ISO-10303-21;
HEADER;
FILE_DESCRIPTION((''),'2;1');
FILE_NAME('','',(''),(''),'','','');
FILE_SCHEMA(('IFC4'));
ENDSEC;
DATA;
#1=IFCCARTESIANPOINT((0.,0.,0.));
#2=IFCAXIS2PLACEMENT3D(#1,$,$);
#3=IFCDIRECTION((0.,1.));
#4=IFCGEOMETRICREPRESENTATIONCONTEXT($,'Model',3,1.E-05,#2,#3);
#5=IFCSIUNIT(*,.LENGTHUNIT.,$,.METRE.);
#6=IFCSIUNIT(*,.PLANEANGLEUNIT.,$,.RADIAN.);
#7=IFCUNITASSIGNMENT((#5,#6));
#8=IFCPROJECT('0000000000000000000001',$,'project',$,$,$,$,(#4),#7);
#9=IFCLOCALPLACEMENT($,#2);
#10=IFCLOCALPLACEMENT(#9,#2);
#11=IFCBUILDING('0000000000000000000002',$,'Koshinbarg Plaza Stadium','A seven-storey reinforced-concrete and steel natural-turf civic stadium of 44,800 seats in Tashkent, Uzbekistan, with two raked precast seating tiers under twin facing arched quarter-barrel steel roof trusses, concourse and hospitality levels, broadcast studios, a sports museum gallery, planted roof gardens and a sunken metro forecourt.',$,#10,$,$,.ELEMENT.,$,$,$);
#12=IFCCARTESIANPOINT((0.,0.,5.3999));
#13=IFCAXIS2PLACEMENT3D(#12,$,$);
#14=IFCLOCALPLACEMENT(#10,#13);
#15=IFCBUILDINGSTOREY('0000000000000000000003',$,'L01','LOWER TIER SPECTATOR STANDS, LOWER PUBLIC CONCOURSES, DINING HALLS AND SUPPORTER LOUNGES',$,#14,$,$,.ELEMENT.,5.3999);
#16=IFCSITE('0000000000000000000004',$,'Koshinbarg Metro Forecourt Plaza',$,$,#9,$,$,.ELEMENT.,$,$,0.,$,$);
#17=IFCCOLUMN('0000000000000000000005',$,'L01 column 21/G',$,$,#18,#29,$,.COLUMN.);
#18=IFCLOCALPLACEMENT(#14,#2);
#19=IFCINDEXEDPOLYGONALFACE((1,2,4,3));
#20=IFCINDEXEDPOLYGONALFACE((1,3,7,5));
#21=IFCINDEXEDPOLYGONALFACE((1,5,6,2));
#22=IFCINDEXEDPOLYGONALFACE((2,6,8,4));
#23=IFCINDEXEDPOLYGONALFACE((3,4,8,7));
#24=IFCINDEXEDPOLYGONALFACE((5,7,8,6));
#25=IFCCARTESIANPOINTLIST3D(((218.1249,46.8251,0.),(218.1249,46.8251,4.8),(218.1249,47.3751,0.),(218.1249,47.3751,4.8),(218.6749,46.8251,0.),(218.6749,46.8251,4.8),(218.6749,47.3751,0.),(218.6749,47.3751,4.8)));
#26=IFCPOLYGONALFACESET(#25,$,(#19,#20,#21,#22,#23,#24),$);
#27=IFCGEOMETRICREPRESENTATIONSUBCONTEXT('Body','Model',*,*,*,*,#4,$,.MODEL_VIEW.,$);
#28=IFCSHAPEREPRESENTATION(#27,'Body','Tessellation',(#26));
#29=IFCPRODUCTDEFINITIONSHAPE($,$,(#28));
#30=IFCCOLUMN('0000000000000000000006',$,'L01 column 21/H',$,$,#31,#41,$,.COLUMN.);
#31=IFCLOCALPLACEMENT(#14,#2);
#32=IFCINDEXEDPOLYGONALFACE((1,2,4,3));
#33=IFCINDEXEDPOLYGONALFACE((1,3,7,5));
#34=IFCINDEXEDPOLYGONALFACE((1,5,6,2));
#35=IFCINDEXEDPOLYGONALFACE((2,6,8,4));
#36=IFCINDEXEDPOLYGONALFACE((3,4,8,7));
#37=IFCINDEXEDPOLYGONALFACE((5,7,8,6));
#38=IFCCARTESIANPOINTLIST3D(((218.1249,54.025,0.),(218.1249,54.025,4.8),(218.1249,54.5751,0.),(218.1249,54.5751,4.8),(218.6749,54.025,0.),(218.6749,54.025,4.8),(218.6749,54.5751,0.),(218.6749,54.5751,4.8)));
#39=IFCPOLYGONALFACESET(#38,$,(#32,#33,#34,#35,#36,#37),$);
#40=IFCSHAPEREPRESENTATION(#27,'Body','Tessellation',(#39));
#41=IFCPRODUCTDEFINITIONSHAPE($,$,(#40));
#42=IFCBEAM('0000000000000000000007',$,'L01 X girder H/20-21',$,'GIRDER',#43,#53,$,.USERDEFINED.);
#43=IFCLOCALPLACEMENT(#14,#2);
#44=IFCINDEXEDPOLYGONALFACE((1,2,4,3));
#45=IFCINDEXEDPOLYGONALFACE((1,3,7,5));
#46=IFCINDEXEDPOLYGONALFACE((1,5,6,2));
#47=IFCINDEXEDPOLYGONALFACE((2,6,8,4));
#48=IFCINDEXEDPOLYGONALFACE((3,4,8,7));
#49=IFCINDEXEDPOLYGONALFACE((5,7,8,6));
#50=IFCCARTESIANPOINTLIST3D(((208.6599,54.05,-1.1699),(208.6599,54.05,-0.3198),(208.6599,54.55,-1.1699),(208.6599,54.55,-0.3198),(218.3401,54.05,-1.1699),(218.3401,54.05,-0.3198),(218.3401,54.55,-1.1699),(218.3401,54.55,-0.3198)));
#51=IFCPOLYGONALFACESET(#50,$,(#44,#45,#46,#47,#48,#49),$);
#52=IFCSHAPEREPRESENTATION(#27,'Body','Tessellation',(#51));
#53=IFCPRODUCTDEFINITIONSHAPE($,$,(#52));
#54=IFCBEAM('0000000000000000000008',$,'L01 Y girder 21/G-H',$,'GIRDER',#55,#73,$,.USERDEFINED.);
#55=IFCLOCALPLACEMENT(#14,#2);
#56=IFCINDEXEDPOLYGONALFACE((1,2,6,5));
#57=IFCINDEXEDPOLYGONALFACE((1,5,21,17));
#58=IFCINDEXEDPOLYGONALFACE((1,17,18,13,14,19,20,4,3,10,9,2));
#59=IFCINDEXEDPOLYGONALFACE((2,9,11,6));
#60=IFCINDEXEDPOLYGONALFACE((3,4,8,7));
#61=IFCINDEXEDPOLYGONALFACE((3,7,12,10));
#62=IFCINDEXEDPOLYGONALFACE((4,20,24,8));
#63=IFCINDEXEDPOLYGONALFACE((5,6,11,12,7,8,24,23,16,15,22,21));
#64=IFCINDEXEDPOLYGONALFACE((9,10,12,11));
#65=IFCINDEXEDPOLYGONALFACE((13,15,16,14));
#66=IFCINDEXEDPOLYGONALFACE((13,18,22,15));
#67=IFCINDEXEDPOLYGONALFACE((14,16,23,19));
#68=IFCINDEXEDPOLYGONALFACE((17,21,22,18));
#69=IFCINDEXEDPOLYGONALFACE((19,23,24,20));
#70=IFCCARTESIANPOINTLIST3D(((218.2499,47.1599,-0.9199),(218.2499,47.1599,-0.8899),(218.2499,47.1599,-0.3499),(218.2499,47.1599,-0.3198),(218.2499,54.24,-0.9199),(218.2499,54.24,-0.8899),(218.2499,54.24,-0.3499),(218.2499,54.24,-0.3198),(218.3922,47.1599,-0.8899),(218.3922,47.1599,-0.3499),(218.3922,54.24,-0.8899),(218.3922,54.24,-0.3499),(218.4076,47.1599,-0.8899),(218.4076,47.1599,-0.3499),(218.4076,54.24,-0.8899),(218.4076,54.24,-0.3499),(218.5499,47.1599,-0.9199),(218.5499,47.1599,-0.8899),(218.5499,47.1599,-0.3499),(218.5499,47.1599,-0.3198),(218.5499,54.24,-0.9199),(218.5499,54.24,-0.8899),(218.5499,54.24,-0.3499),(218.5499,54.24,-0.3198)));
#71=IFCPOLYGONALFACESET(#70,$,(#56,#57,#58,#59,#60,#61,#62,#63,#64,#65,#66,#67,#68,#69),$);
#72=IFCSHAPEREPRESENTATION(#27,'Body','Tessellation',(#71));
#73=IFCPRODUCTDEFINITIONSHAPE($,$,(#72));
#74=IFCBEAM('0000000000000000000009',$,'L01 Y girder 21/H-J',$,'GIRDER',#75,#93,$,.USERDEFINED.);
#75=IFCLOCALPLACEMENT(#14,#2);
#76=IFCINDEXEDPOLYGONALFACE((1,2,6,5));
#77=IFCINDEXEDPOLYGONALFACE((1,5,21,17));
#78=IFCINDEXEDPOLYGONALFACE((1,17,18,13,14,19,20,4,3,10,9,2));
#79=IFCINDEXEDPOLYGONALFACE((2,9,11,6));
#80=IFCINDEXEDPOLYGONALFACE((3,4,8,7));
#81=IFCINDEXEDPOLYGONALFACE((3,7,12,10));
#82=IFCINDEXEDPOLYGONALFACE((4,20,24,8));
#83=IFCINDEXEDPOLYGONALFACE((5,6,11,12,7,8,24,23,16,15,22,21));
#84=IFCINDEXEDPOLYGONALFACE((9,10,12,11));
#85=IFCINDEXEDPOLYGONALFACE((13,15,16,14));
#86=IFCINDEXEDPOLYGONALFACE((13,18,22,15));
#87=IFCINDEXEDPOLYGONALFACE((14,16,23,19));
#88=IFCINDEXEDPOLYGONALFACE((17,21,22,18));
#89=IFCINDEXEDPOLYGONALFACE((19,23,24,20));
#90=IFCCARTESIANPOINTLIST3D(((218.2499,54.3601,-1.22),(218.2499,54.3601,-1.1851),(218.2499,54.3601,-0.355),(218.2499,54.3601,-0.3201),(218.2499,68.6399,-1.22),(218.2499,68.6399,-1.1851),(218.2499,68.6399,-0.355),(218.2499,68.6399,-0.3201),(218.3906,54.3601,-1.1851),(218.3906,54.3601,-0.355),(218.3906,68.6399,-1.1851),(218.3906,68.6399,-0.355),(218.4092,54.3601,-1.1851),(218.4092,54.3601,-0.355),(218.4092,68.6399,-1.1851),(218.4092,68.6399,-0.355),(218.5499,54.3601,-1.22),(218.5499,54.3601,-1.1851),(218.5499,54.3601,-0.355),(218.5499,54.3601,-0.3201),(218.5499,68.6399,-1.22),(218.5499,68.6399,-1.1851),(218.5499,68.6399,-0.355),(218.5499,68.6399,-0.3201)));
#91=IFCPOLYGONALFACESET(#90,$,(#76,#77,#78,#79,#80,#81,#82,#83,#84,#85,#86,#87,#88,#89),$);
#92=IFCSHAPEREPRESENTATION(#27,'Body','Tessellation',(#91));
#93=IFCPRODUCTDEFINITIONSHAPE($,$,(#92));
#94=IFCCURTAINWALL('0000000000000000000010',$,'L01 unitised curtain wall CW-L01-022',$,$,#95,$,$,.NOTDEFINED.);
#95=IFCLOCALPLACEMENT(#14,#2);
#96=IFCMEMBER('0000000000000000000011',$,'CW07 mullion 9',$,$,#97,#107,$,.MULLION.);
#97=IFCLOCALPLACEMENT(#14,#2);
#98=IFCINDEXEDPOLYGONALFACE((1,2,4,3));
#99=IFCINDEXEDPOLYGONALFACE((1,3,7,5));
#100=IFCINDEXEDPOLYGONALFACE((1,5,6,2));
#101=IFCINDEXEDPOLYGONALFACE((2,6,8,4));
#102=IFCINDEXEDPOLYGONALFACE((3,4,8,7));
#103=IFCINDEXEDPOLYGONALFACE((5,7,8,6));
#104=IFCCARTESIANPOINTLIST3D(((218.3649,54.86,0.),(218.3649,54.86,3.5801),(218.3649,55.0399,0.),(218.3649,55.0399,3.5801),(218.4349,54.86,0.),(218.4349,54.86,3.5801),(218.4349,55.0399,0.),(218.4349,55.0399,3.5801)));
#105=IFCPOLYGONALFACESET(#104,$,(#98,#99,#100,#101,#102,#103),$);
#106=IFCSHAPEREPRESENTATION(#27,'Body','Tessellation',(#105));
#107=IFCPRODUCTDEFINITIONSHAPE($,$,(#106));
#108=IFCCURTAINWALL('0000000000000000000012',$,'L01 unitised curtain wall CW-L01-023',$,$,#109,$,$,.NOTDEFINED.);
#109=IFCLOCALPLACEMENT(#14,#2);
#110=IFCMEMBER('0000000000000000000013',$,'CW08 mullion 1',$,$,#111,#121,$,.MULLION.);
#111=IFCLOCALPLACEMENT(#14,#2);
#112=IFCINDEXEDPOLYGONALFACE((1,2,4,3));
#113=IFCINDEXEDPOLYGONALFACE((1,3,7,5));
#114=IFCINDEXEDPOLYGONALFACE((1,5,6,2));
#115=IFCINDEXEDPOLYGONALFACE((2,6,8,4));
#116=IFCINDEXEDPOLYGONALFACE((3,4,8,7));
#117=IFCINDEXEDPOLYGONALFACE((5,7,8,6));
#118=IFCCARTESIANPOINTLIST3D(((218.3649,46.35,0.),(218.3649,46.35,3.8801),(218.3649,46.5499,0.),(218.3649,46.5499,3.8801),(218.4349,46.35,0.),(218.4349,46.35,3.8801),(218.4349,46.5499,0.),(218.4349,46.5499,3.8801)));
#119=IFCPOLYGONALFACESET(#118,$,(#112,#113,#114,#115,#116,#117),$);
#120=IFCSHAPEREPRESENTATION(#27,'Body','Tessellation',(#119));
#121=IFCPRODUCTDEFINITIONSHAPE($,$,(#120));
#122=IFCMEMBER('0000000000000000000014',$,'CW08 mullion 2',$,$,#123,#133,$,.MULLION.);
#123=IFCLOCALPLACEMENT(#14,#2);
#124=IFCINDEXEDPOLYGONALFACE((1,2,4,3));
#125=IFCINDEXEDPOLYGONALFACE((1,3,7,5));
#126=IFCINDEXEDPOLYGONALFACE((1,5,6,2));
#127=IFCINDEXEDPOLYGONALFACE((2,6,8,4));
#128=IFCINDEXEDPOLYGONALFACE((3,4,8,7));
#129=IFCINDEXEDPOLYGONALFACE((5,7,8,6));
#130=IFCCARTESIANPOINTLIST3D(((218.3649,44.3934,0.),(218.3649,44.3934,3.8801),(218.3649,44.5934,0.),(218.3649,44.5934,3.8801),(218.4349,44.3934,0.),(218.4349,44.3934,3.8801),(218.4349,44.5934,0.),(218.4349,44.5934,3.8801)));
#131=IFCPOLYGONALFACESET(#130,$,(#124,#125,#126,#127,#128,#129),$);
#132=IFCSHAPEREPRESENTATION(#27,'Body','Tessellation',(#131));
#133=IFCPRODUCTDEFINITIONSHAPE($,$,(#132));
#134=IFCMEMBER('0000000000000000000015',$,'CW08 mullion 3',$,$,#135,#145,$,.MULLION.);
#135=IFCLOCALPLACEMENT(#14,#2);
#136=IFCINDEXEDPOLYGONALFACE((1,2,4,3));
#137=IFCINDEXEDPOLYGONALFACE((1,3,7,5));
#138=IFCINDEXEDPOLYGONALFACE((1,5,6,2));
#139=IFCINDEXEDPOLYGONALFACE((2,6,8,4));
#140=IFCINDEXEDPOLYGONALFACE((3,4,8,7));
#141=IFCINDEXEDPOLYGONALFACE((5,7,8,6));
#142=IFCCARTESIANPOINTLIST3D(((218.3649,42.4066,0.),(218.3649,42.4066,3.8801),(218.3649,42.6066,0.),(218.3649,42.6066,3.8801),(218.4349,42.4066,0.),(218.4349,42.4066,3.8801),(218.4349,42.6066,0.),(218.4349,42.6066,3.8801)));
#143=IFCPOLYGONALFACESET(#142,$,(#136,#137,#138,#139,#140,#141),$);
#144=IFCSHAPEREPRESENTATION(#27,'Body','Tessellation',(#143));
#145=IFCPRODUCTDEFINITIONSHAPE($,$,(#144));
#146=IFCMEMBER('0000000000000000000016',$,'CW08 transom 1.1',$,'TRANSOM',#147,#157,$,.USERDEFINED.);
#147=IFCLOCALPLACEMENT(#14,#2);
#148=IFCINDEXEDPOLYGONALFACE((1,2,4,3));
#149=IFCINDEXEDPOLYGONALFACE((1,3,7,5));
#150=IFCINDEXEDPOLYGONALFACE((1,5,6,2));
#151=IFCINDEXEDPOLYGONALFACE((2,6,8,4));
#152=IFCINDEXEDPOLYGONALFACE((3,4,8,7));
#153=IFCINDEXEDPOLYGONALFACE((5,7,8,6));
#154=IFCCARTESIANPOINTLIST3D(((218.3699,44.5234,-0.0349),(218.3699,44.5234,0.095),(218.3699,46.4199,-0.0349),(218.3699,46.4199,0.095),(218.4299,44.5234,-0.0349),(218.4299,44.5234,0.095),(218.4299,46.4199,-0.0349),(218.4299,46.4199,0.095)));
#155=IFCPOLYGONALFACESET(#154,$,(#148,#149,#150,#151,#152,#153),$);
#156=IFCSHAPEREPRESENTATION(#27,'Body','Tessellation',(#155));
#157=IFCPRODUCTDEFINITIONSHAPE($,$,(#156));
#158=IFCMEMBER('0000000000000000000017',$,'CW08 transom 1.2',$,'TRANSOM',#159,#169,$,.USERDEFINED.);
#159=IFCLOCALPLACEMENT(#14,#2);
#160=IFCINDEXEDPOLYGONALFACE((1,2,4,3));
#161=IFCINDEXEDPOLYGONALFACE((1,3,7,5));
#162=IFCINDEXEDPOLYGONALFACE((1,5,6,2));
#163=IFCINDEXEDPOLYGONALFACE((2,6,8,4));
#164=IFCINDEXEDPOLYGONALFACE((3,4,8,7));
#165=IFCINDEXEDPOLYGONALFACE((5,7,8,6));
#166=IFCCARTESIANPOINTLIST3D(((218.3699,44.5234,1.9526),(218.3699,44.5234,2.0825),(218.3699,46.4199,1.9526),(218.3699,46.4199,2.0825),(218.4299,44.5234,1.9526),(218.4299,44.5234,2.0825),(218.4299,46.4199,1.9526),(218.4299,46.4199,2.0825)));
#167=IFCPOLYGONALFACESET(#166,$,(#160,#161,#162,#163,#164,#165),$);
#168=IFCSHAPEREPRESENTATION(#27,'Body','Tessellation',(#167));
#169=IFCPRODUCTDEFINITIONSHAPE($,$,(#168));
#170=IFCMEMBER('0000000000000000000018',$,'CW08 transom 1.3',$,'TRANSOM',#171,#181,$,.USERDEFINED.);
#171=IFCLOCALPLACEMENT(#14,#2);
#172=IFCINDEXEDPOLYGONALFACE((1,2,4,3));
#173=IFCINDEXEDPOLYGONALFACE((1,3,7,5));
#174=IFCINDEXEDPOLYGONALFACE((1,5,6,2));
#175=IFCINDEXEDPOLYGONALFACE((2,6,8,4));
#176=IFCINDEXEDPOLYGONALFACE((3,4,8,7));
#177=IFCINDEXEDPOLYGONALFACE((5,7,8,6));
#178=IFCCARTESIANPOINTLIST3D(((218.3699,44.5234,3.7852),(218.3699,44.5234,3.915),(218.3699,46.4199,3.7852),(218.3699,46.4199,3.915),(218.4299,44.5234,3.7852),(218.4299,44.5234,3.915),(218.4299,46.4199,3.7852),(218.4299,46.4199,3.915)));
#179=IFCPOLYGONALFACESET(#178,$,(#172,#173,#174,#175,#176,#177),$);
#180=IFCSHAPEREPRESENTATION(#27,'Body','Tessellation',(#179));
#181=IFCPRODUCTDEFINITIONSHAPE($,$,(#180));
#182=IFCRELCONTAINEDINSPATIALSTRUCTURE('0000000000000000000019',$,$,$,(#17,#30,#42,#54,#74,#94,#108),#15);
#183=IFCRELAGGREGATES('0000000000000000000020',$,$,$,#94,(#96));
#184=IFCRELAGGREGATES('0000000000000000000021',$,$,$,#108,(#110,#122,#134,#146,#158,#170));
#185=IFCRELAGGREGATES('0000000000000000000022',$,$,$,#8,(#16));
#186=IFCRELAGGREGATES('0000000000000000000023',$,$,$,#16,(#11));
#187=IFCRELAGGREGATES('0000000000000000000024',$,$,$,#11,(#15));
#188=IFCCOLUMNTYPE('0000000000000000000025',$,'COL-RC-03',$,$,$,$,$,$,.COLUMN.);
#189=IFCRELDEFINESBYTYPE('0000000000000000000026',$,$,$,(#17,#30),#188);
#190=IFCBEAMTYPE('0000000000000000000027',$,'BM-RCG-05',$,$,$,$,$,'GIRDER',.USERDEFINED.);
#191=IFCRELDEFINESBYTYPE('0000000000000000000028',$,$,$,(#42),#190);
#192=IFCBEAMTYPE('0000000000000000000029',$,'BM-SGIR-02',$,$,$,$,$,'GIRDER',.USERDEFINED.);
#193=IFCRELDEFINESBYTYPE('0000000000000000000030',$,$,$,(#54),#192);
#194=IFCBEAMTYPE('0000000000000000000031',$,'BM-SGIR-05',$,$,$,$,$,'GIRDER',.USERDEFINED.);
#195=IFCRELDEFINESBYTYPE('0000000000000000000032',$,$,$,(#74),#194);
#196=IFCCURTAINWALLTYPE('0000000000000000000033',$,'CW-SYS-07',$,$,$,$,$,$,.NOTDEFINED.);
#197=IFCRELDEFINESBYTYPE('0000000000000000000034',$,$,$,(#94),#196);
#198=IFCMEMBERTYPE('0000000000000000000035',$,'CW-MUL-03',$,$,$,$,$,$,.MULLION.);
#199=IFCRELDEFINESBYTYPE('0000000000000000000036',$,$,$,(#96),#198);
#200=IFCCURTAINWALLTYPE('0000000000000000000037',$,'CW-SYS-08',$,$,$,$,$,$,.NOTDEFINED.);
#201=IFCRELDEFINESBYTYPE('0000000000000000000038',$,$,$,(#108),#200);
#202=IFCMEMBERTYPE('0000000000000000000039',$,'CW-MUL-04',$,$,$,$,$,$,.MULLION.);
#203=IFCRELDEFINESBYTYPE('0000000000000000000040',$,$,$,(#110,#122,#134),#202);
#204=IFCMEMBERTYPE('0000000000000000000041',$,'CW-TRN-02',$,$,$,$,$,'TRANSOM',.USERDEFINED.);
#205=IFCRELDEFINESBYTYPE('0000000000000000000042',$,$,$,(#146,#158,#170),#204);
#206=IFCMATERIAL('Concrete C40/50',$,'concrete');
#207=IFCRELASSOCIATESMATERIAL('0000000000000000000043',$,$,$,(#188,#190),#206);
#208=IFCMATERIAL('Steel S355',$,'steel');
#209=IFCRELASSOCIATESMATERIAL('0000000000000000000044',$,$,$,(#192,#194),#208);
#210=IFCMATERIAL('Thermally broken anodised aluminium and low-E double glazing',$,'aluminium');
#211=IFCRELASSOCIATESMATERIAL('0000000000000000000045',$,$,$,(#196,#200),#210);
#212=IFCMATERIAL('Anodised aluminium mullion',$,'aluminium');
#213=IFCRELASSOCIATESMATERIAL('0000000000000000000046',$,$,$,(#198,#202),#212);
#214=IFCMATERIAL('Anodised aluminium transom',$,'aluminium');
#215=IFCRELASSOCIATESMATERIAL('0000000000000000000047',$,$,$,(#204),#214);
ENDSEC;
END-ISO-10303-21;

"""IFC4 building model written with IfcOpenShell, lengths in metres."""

from ifc_helpers import new_model, si_unit, direction, frame, origin, origin_2d, place, context, subcontext, project, spatial, rectangle, i_section, extrude, material, material_profile, profile_set, type_object, element, aggregate, save


model = new_model("IFC4")

# Units and contexts
model_context = context("Model", 3, precision=1e-05, world=origin(), true_north=direction((0.0, 1.0)))
body_context = subcontext(model_context, "Body", "Model", "MODEL_VIEW")
ifc_project = project(units=[si_unit("LENGTHUNIT", "METRE"), si_unit("PLANEANGLEUNIT", "RADIAN")], contexts=[model_context])

# Site, building, storey
site_placement = place(None, origin())
site = spatial("IfcSite", under=ifc_project, at=site_placement, Name="Koshinbarg Metro Forecourt Plaza", CompositionType="ELEMENT", RefElevation=0.0)
building_placement = place(site_placement, origin())
building = spatial("IfcBuilding", under=site, at=building_placement, Name="Koshinbarg Plaza Stadium", Description="A seven-storey reinforced-concrete and steel natural-turf civic stadium of 44,800 seats in Tashkent, Uzbekistan, with two raked precast seating tiers under twin facing arched quarter-barrel steel roof trusses, concourse and hospitality levels, broadcast studios, a sports museum gallery, planted roof gardens and a sunken metro forecourt.", CompositionType="ELEMENT")
storey_placement = place(building_placement, frame((0.0, 0.0, 5.3999)))
storey = spatial("IfcBuildingStorey", under=building, at=storey_placement, Name="L01", Description="LOWER TIER SPECTATOR STANDS, LOWER PUBLIC CONCOURSES, DINING HALLS AND SUPPORTER LOUNGES", CompositionType="ELEMENT", Elevation=5.3999)

# Columns
ifc_material_1 = material(Name="Concrete C40/50", Category="concrete")
ifc_material_profile_1 = material_profile(ifc_material_1, rectangle(XDim=0.55, YDim=0.55, at=origin_2d()), Name="RC 550x550")
ifc_profile_set_1 = profile_set([ifc_material_profile_1], Name="Concrete C40/50")
column_type = type_object("IfcColumnType", Name="COL-RC-03", PredefinedType="COLUMN", material=ifc_profile_set_1)
for number, where, z_axis, x_axis, name in (
    (1, (218.3999, 47.1001, 0.0), (0.0, 0.0, 1.0), (1.0, 0.0, 0.0), "L01 column 21/G"),
    (2, (218.3999, 54.3, 0.0), (0.0, 0.0, 1.0), (1.0, 0.0, 0.0), "L01 column 21/H"),
):
    element("IfcColumn", number, at=place(storey_placement, frame(where, z_axis=z_axis, x_axis=x_axis)), inside=storey, type_object=column_type, Name=name, PredefinedType="COLUMN", context=body_context, shape_type="SweptSolid", body=[
        extrude(rectangle(XDim=0.55, YDim=0.55, at=origin_2d()), origin(), (0.0, 0.0, 1.0), 4.8),
    ])

# Beams
ifc_material_profile_2 = material_profile(ifc_material_1, rectangle(XDim=0.5, YDim=0.8501, at=origin_2d()), Name="RC 500x850")
ifc_profile_set_2 = profile_set([ifc_material_profile_2], Name="Concrete C40/50")
beam_type_1 = type_object("IfcBeamType", Name="BM-RCG-05", ElementType="GIRDER", PredefinedType="USERDEFINED", material=ifc_profile_set_2)
beam_1_placement = place(storey_placement, frame((208.6599, 54.3, -0.7449), z_axis=(1.0, 0.0, 0.0), x_axis=(0.0, 1.0, 0.0)))
element("IfcBeam", 3, at=beam_1_placement, inside=storey, type_object=beam_type_1, Name="L01 X girder H/20-21", ObjectType="GIRDER", PredefinedType="USERDEFINED", context=body_context, shape_type="SweptSolid", body=[
    extrude(rectangle(XDim=0.5, YDim=0.8501, at=origin_2d()), origin(), (0.0, 0.0, 1.0), 9.6802),
])
ifc_material_2 = material(Name="Steel S355", Category="steel")
ifc_material_profile_3 = material_profile(ifc_material_2, i_section(OverallWidth=0.3, OverallDepth=0.6001, WebThickness=0.0154, FlangeThickness=0.03, at=origin_2d()), Name="HEB 600")
ifc_profile_set_3 = profile_set([ifc_material_profile_3], Name="Steel S355")
beam_type_2 = type_object("IfcBeamType", Name="BM-SGIR-02", ElementType="GIRDER", PredefinedType="USERDEFINED", material=ifc_profile_set_3)
beam_2_placement = place(storey_placement, frame((218.3999, 47.1599, -0.6199), z_axis=(0.0, 1.0, 0.0), x_axis=(-1.0, 0.0, 0.0)))
element("IfcBeam", 4, at=beam_2_placement, inside=storey, type_object=beam_type_2, Name="L01 Y girder 21/G-H", ObjectType="GIRDER", PredefinedType="USERDEFINED", context=body_context, shape_type="SweptSolid", body=[
    extrude(i_section(OverallWidth=0.3, OverallDepth=0.6001, WebThickness=0.0154, FlangeThickness=0.03, at=origin_2d()), origin(), (0.0, 0.0, 1.0), 7.0801),
])
ifc_material_profile_4 = material_profile(ifc_material_2, i_section(OverallWidth=0.3, OverallDepth=0.8999, WebThickness=0.0186, FlangeThickness=0.0349, at=origin_2d()), Name="HEB 900")
ifc_profile_set_4 = profile_set([ifc_material_profile_4], Name="Steel S355")
beam_type_3 = type_object("IfcBeamType", Name="BM-SGIR-05", ElementType="GIRDER", PredefinedType="USERDEFINED", material=ifc_profile_set_4)
beam_3_placement = place(storey_placement, frame((218.3999, 54.3601, -0.77), z_axis=(0.0, 1.0, 0.0), x_axis=(-1.0, 0.0, 0.0)))
element("IfcBeam", 5, at=beam_3_placement, inside=storey, type_object=beam_type_3, Name="L01 Y girder 21/H-J", ObjectType="GIRDER", PredefinedType="USERDEFINED", context=body_context, shape_type="SweptSolid", body=[
    extrude(i_section(OverallWidth=0.3, OverallDepth=0.8999, WebThickness=0.0186, FlangeThickness=0.0349, at=origin_2d()), origin(), (0.0, 0.0, 1.0), 14.2798),
])

# Curtain wall, member
ifc_material_3 = material(Name="Thermally broken anodised aluminium and low-E double glazing", Category="aluminium")
curtain_wall_type_1 = type_object("IfcCurtainWallType", Name="CW-SYS-07", PredefinedType="NOTDEFINED", material=ifc_material_3)
curtain_wall_1_placement = place(storey_placement, origin())
curtain_wall_1 = element("IfcCurtainWall", 6, at=curtain_wall_1_placement, inside=storey, type_object=curtain_wall_type_1, Name="L01 unitised curtain wall CW-L01-022", PredefinedType="NOTDEFINED")
ifc_material_4 = material(Name="Anodised aluminium mullion", Category="aluminium")
ifc_material_profile_5 = material_profile(ifc_material_4, rectangle(XDim=0.0701, YDim=0.1799, at=origin_2d()), Name="ALU 70x180")
ifc_profile_set_5 = profile_set([ifc_material_profile_5], Name="Anodised aluminium mullion")
member_type_1 = type_object("IfcMemberType", Name="CW-MUL-03", PredefinedType="MULLION", material=ifc_profile_set_5)
member_1_placement = place(storey_placement, frame((218.3999, 54.95, 0.0), z_axis=(0.0, 0.0, 1.0), x_axis=(1.0, 0.0, 0.0)))
member_1 = element("IfcMember", 7, at=member_1_placement, type_object=member_type_1, Name="CW07 mullion 9", PredefinedType="MULLION", context=body_context, shape_type="SweptSolid", body=[
    extrude(rectangle(XDim=0.0701, YDim=0.1799, at=origin_2d()), origin(), (0.0, 0.0, 1.0), 3.5801),
])
aggregate(curtain_wall_1, [member_1])

# Curtain wall, members
curtain_wall_type_2 = type_object("IfcCurtainWallType", Name="CW-SYS-08", PredefinedType="NOTDEFINED", material=ifc_material_3)
curtain_wall_2_placement = place(storey_placement, origin())
curtain_wall_2 = element("IfcCurtainWall", 8, at=curtain_wall_2_placement, inside=storey, type_object=curtain_wall_type_2, Name="L01 unitised curtain wall CW-L01-023", PredefinedType="NOTDEFINED")
ifc_material_profile_6 = material_profile(ifc_material_4, rectangle(XDim=0.0701, YDim=0.2, at=origin_2d()), Name="ALU 70x200")
ifc_profile_set_6 = profile_set([ifc_material_profile_6], Name="Anodised aluminium mullion")
member_type_2 = type_object("IfcMemberType", Name="CW-MUL-04", PredefinedType="MULLION", material=ifc_profile_set_6)
member_2_placement = place(storey_placement, frame((218.3999, 46.45, 0.0), z_axis=(0.0, 0.0, 1.0), x_axis=(1.0, 0.0, 0.0)))
member_2 = element("IfcMember", 9, at=member_2_placement, type_object=member_type_2, Name="CW08 mullion 1", PredefinedType="MULLION", context=body_context, shape_type="SweptSolid", body=[
    extrude(rectangle(XDim=0.0701, YDim=0.2, at=origin_2d()), origin(), (0.0, 0.0, 1.0), 3.8801),
])
member_3_placement = place(storey_placement, frame((218.3999, 44.4934, 0.0), z_axis=(0.0, 0.0, 1.0), x_axis=(1.0, 0.0, 0.0)))
member_3 = element("IfcMember", 10, at=member_3_placement, type_object=member_type_2, Name="CW08 mullion 2", PredefinedType="MULLION", context=body_context, shape_type="SweptSolid", body=[
    extrude(rectangle(XDim=0.0701, YDim=0.2, at=origin_2d()), origin(), (0.0, 0.0, 1.0), 3.8801),
])
member_4_placement = place(storey_placement, frame((218.3999, 42.5066, 0.0), z_axis=(0.0, 0.0, 1.0), x_axis=(1.0, 0.0, 0.0)))
member_4 = element("IfcMember", 11, at=member_4_placement, type_object=member_type_2, Name="CW08 mullion 3", PredefinedType="MULLION", context=body_context, shape_type="SweptSolid", body=[
    extrude(rectangle(XDim=0.0701, YDim=0.2, at=origin_2d()), origin(), (0.0, 0.0, 1.0), 3.8801),
])
ifc_material_5 = material(Name="Anodised aluminium transom", Category="aluminium")
ifc_material_profile_7 = material_profile(ifc_material_5, rectangle(XDim=0.0601, YDim=0.1299, at=origin_2d()), Name="ALU 60x130")
ifc_profile_set_7 = profile_set([ifc_material_profile_7], Name="Anodised aluminium transom")
member_type_3 = type_object("IfcMemberType", Name="CW-TRN-02", ElementType="TRANSOM", PredefinedType="USERDEFINED", material=ifc_profile_set_7)
member_5_placement = place(storey_placement, frame((218.3999, 46.4199, 0.03), z_axis=(0.0, -1.0, 0.0), x_axis=(1.0, 0.0, 0.0)))
member_5 = element("IfcMember", 12, at=member_5_placement, type_object=member_type_3, Name="CW08 transom 1.1", ObjectType="TRANSOM", PredefinedType="USERDEFINED", context=body_context, shape_type="SweptSolid", body=[
    extrude(rectangle(XDim=0.0601, YDim=0.1299, at=origin_2d()), origin(), (0.0, 0.0, 1.0), 1.8965),
])
member_6_placement = place(storey_placement, frame((218.3999, 46.4199, 2.0176), z_axis=(0.0, -1.0, 0.0), x_axis=(1.0, 0.0, 0.0)))
member_6 = element("IfcMember", 13, at=member_6_placement, type_object=member_type_3, Name="CW08 transom 1.2", ObjectType="TRANSOM", PredefinedType="USERDEFINED", context=body_context, shape_type="SweptSolid", body=[
    extrude(rectangle(XDim=0.0601, YDim=0.1299, at=origin_2d()), origin(), (0.0, 0.0, 1.0), 1.8965),
])
member_7_placement = place(storey_placement, frame((218.3999, 46.4199, 3.8501), z_axis=(0.0, -1.0, 0.0), x_axis=(1.0, 0.0, 0.0)))
member_7 = element("IfcMember", 14, at=member_7_placement, type_object=member_type_3, Name="CW08 transom 1.3", ObjectType="TRANSOM", PredefinedType="USERDEFINED", context=body_context, shape_type="SweptSolid", body=[
    extrude(rectangle(XDim=0.0601, YDim=0.1299, at=origin_2d()), origin(), (0.0, 0.0, 1.0), 1.8965),
])
aggregate(curtain_wall_2, [member_2, member_3, member_4, member_5, member_6, member_7])

save(model, "model.ifc")
